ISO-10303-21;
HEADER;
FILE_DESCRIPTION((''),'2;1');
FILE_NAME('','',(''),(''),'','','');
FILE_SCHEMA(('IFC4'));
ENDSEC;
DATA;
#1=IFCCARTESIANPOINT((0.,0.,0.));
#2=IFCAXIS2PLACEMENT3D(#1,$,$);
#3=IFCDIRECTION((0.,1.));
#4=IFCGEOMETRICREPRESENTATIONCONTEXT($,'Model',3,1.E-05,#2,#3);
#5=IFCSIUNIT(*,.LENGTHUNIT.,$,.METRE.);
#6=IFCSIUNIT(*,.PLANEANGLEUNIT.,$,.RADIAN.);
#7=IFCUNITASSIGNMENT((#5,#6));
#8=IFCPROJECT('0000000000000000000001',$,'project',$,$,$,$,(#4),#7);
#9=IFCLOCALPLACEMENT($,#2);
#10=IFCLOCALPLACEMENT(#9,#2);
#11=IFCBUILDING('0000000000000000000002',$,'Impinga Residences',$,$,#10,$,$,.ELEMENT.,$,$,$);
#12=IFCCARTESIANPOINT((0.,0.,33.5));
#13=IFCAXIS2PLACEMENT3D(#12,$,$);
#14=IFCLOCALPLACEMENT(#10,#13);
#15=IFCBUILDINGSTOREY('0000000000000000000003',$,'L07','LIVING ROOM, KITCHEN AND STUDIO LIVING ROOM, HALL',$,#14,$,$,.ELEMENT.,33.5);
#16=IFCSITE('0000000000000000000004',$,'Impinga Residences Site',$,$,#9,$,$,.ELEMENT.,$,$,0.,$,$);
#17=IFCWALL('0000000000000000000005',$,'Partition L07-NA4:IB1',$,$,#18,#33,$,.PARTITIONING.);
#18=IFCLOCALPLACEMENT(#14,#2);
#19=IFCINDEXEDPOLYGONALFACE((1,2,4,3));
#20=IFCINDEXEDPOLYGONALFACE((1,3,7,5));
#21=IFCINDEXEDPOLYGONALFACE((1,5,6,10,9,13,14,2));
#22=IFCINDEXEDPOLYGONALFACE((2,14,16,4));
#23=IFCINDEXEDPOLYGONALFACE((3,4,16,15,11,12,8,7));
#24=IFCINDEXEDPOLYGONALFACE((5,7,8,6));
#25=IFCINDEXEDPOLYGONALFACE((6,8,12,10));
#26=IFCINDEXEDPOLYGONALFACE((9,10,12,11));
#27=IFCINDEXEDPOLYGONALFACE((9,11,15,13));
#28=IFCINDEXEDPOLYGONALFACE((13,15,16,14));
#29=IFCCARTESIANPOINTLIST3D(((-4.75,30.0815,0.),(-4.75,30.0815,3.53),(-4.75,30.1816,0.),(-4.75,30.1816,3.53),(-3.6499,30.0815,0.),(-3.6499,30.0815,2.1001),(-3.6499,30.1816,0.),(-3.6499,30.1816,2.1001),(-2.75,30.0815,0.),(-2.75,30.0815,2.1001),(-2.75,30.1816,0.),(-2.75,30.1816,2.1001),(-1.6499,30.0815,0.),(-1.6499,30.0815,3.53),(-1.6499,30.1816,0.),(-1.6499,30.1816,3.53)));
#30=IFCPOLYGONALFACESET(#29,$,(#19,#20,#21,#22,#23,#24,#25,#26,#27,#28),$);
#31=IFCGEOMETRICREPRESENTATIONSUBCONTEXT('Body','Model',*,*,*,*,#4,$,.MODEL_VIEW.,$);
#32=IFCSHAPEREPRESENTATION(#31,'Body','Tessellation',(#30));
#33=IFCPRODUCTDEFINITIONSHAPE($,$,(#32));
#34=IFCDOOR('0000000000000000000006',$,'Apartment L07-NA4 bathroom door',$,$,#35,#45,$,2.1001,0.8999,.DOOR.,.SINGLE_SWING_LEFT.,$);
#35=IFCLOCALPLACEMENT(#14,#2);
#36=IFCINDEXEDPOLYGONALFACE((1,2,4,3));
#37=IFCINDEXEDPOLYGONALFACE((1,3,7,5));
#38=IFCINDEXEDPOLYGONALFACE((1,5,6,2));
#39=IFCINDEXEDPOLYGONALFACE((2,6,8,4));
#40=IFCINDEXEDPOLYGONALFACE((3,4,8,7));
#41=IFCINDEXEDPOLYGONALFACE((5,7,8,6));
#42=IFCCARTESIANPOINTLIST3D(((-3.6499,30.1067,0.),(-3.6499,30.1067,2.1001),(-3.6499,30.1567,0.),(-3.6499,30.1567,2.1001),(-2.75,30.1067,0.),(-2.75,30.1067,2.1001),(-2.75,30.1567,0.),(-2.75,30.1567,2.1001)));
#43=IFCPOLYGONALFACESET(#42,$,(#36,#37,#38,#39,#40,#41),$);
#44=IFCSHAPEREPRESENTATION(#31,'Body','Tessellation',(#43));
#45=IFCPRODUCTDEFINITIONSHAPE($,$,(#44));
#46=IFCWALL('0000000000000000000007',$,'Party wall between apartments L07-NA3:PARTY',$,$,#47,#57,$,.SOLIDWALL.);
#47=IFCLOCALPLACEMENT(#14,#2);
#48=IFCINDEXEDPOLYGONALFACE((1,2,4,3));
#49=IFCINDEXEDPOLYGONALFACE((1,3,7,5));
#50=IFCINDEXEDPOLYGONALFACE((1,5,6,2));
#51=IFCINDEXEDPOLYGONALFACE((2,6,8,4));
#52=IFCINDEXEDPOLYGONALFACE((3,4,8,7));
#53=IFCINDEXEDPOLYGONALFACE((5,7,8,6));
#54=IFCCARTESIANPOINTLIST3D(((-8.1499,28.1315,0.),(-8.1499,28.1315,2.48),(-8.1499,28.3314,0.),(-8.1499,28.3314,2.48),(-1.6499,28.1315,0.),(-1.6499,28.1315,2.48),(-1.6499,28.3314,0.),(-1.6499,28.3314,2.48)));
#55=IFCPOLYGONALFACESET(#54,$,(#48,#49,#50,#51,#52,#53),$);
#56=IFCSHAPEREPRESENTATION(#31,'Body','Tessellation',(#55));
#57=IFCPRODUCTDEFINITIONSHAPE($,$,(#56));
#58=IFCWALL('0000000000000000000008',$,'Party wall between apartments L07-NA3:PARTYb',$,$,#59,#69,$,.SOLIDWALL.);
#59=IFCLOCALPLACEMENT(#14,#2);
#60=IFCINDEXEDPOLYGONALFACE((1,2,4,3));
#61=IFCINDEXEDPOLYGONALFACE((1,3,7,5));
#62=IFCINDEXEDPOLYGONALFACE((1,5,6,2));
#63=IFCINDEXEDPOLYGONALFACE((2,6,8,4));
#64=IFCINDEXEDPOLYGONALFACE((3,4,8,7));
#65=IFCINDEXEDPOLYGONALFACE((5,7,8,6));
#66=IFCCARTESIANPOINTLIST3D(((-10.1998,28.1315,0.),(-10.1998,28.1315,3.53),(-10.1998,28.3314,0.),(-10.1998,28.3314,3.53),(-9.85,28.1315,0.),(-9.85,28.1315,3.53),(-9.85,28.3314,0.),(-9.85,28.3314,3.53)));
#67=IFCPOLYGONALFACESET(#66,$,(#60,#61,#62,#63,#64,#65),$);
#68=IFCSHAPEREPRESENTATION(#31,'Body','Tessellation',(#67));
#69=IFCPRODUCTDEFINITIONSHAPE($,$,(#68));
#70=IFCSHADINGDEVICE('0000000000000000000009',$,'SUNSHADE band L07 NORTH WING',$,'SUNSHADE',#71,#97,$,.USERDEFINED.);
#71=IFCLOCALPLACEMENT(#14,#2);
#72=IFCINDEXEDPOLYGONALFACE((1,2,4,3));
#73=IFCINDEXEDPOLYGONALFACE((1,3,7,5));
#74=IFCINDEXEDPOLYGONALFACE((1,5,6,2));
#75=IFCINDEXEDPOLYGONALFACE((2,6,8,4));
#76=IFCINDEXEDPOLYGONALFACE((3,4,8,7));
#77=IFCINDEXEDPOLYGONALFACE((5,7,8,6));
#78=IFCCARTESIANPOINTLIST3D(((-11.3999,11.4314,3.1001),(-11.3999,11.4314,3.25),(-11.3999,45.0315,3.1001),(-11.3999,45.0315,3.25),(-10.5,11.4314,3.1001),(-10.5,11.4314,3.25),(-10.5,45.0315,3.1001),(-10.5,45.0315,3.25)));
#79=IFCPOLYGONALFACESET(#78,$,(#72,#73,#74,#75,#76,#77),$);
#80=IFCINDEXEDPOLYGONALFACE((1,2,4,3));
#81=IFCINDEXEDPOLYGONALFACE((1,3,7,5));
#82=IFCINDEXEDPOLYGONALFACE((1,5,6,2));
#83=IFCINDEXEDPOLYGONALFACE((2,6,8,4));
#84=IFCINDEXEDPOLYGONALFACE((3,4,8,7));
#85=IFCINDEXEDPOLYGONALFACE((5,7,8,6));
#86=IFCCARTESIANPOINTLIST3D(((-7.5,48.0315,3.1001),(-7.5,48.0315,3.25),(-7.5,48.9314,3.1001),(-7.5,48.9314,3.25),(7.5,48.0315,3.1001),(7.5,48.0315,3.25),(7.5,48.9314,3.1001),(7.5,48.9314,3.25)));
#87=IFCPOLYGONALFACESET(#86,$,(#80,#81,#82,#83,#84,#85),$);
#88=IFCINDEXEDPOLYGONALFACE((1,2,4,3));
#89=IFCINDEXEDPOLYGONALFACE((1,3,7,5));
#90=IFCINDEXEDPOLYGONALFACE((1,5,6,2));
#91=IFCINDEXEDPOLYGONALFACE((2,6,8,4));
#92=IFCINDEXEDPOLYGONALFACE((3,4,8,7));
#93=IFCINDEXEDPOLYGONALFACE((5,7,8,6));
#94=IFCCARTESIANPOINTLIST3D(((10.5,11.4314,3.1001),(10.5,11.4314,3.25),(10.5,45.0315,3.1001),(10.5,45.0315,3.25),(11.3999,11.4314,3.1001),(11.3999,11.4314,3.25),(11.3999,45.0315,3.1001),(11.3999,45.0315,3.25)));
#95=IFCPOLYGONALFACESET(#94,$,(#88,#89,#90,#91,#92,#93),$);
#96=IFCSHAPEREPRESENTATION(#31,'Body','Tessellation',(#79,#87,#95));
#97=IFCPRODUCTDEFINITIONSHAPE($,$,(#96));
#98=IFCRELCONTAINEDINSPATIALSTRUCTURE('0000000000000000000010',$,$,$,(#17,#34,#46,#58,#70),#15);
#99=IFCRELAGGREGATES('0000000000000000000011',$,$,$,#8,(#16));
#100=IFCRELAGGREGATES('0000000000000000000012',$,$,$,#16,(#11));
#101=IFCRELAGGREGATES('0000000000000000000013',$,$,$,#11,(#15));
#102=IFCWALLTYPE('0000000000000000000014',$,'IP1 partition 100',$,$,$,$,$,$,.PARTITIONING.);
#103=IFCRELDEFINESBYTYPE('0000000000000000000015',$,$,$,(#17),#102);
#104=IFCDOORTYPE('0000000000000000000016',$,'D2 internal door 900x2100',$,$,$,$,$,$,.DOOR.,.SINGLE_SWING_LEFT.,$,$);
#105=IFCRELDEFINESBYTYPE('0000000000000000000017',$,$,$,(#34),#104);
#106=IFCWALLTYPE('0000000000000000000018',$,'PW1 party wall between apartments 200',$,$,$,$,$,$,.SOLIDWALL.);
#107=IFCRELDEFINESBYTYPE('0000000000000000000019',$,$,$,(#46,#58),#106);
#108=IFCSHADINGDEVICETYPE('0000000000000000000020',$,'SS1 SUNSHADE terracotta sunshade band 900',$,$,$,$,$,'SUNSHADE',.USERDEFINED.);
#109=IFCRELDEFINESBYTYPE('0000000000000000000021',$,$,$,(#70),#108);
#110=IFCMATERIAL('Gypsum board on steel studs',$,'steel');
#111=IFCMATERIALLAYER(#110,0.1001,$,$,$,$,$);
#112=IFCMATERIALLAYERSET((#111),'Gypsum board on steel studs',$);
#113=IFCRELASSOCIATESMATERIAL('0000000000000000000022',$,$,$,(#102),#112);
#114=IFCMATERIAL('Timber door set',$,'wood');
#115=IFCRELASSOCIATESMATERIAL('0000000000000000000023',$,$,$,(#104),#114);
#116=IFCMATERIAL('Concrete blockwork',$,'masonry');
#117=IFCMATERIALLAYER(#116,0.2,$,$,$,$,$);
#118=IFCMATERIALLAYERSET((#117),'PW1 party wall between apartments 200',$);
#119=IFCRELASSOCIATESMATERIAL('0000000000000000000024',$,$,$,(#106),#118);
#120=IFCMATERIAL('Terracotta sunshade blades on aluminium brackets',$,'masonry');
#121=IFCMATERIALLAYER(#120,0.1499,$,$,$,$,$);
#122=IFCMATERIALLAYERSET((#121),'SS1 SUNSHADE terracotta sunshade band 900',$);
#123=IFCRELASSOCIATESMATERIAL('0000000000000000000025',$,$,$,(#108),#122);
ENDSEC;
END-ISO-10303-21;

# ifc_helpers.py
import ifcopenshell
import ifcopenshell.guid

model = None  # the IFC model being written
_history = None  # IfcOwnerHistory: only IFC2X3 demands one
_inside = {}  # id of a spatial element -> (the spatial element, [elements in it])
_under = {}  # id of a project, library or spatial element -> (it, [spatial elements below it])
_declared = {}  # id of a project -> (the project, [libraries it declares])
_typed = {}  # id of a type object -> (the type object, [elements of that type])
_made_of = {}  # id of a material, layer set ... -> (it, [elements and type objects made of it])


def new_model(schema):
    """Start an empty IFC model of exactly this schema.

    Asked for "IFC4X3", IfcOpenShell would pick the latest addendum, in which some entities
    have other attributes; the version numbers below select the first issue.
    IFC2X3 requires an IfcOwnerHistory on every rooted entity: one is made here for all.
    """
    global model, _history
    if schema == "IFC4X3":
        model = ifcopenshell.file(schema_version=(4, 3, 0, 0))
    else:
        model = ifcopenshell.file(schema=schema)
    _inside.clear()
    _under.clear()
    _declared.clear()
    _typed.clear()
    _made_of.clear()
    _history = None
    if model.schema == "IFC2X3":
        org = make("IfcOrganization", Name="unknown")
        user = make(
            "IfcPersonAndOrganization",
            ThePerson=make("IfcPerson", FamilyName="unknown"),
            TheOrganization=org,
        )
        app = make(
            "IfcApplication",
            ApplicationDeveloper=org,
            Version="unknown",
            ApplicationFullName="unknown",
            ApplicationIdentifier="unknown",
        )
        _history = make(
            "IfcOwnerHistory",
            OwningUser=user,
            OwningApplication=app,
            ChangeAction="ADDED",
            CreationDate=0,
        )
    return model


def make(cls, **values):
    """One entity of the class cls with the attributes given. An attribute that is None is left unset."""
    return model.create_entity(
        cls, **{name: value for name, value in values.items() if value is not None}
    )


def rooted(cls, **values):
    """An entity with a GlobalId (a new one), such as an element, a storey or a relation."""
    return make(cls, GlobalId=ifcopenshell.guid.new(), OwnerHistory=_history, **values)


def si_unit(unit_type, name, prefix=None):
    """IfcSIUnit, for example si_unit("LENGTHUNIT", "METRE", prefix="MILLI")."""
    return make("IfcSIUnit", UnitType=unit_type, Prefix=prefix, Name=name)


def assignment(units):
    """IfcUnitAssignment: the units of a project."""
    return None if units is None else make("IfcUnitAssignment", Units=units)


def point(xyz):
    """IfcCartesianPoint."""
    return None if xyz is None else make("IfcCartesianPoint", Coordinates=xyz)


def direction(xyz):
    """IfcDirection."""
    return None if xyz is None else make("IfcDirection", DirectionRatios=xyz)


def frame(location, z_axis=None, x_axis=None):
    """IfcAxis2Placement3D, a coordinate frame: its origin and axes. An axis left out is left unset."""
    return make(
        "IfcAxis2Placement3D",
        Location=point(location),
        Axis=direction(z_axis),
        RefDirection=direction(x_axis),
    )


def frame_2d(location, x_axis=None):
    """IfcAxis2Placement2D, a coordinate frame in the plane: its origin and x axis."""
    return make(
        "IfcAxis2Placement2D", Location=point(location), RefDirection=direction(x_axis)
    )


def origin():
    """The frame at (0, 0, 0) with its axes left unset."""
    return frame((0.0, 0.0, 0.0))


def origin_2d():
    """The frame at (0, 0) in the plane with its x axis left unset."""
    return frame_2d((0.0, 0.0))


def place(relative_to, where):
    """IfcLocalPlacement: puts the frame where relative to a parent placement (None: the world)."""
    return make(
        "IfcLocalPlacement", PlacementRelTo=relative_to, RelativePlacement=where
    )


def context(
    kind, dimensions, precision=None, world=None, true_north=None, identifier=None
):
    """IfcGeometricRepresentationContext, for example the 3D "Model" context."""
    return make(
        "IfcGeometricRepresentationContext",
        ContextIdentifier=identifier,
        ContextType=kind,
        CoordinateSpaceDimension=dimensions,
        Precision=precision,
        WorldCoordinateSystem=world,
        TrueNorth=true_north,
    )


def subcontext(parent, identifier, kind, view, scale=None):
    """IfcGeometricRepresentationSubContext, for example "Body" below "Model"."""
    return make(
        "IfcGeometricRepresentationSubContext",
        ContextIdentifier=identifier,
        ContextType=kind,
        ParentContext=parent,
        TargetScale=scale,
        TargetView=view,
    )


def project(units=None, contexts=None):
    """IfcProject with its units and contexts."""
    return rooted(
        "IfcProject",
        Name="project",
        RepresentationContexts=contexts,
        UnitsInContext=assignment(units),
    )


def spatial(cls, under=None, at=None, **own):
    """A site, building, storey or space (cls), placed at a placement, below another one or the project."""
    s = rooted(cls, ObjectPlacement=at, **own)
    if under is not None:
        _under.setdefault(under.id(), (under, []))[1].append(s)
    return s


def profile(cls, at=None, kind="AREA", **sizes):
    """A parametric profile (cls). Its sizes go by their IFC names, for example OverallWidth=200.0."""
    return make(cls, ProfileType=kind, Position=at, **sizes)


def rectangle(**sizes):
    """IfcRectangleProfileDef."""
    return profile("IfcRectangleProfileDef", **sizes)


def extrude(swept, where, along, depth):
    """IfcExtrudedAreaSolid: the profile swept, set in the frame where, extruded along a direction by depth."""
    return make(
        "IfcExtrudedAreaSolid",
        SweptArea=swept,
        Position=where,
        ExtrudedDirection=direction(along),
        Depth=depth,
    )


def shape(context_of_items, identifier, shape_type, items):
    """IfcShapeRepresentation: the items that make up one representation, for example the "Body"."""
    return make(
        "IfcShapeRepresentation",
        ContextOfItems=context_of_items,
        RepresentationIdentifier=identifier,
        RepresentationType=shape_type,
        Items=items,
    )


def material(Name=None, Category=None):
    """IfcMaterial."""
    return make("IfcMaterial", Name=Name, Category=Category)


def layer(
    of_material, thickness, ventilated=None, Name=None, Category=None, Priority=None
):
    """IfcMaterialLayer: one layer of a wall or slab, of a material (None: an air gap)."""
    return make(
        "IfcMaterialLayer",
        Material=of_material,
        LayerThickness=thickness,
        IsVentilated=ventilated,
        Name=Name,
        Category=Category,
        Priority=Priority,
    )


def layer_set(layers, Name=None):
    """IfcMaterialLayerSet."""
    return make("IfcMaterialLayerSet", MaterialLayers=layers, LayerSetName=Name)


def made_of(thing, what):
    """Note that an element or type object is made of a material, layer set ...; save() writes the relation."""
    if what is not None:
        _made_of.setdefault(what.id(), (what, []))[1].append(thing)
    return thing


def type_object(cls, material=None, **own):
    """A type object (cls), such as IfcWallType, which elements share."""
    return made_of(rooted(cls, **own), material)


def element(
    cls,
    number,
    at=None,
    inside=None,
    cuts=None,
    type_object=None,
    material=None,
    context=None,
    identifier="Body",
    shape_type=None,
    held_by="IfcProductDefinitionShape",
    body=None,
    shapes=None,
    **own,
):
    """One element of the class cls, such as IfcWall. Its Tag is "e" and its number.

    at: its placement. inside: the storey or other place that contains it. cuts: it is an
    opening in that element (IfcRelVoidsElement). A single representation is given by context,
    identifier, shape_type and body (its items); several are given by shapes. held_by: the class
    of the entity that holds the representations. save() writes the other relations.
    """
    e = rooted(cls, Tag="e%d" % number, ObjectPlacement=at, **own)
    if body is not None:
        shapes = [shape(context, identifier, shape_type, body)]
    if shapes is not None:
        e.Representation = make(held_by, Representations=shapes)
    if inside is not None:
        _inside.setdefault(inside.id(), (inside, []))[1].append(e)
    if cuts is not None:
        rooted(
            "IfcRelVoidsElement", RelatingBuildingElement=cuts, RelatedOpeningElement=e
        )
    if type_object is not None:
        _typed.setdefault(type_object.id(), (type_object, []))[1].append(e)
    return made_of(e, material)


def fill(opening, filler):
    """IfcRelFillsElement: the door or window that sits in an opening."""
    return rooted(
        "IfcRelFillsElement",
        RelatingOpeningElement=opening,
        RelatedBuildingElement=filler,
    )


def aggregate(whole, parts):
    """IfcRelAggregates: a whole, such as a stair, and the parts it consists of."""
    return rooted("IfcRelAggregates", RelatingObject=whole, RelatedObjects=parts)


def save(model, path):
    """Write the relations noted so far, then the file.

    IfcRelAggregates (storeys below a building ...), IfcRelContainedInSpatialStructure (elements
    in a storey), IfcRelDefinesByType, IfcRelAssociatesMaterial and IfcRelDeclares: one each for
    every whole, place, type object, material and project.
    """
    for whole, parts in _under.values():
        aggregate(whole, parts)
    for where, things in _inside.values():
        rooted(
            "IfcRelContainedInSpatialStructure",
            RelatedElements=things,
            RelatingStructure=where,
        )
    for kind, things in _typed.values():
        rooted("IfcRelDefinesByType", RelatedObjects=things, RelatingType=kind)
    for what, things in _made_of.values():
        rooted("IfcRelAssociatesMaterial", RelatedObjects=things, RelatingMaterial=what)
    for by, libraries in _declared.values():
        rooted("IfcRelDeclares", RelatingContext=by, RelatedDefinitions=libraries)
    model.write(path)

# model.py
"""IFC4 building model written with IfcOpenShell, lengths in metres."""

from ifc_helpers import new_model, si_unit, direction, frame, frame_2d, origin, origin_2d, place, context, subcontext, project, spatial, rectangle, extrude, material, layer, layer_set, type_object, element, fill, save


model = new_model("IFC4")

# Units and contexts
model_context = context("Model", 3, precision=1e-05, world=origin(), true_north=direction((0.0, 1.0)))
body_context = subcontext(model_context, "Body", "Model", "MODEL_VIEW")
ifc_project = project(units=[si_unit("LENGTHUNIT", "METRE"), si_unit("PLANEANGLEUNIT", "RADIAN")], contexts=[model_context])

# Site, building, storey
site_placement = place(None, origin())
site = spatial("IfcSite", under=ifc_project, at=site_placement, Name="Impinga Residences Site", CompositionType="ELEMENT", RefElevation=0.0)
building_placement = place(site_placement, origin())
building = spatial("IfcBuilding", under=site, at=building_placement, Name="Impinga Residences", CompositionType="ELEMENT")
storey_placement = place(building_placement, frame((0.0, 0.0, 33.5)))
storey = spatial("IfcBuildingStorey", under=building, at=storey_placement, Name="L07", Description="LIVING ROOM, KITCHEN AND STUDIO LIVING ROOM, HALL", CompositionType="ELEMENT", Elevation=33.5)

# Shared definitions
ifc_material_1 = material(Name="Gypsum board on steel studs", Category="steel")
ifc_layer_1 = layer(ifc_material_1, 0.1001)
ifc_layer_set_1 = layer_set([ifc_layer_1], Name="Gypsum board on steel studs")
wall_type_1 = type_object("IfcWallType", Name="IP1 partition 100", PredefinedType="PARTITIONING", material=ifc_layer_set_1)

# Shared definitions
ifc_material_2 = material(Name="Timber door set", Category="wood")
door_type = type_object("IfcDoorType", Name="D2 internal door 900x2100", OperationType="SINGLE_SWING_LEFT", PredefinedType="DOOR", material=ifc_material_2)

# Wall, opening, door
wall_1_placement = place(storey_placement, frame((-1.6499, 30.1316, 0.0), z_axis=(0.0, 0.0, 1.0), x_axis=(-1.0, 0.0, 0.0)))
wall_1 = element("IfcWall", 1, at=wall_1_placement, inside=storey, type_object=wall_type_1, Name="Partition L07-NA4:IB1", PredefinedType="PARTITIONING", context=body_context, shape_type="SweptSolid", body=[
    extrude(rectangle(XDim=3.1001, YDim=0.1001, at=frame_2d((1.55, 0.0))), origin(), (0.0, 0.0, 1.0), 3.53),
])
opening_1_placement = place(wall_1_placement, frame((1.1001, 0.0, 0.0)))
opening_1 = element("IfcOpeningElement", 2, at=opening_1_placement, cuts=wall_1, PredefinedType="OPENING", context=body_context, shape_type="SweptSolid", body=[
    extrude(rectangle(XDim=0.8999, YDim=2.1001, at=frame_2d((0.45, 1.05))), frame((0.0, 0.0601, 0.0), z_axis=(0.0, -1.0, 0.0), x_axis=(1.0, 0.0, 0.0)), (0.0, 0.0, 1.0), 0.1201),
])
door_1_placement = place(opening_1_placement, origin())
door_1 = element("IfcDoor", 3, at=door_1_placement, inside=storey, type_object=door_type, Name="Apartment L07-NA4 bathroom door", OperationType="SINGLE_SWING_LEFT", OverallHeight=2.1001, OverallWidth=0.8999, PredefinedType="DOOR", context=body_context, shape_type="SweptSolid", body=[
    extrude(rectangle(XDim=0.8999, YDim=2.1001, at=frame_2d((0.45, 1.05))), frame((0.0, 0.0249, 0.0), z_axis=(0.0, -1.0, 0.0), x_axis=(1.0, 0.0, 0.0)), (0.0, 0.0, 1.0), 0.05),
])
fill(opening_1, door_1)

# Walls
ifc_material_3 = material(Name="Concrete blockwork", Category="masonry")
ifc_layer_2 = layer(ifc_material_3, 0.2)
ifc_layer_set_2 = layer_set([ifc_layer_2], Name="PW1 party wall between apartments 200")
wall_type_2 = type_object("IfcWallType", Name="PW1 party wall between apartments 200", PredefinedType="SOLIDWALL", material=ifc_layer_set_2)
wall_2_placement = place(storey_placement, frame((-1.6499, 28.2314, 0.0), z_axis=(0.0, 0.0, 1.0), x_axis=(-1.0, 0.0, 0.0)))
element("IfcWall", 4, at=wall_2_placement, inside=storey, type_object=wall_type_2, Name="Party wall between apartments L07-NA3:PARTY", PredefinedType="SOLIDWALL", context=body_context, shape_type="SweptSolid", body=[
    extrude(rectangle(XDim=6.5, YDim=0.2, at=frame_2d((3.25, 0.0))), origin(), (0.0, 0.0, 1.0), 2.48),
])
wall_3_placement = place(storey_placement, frame((-9.8501, 28.2314, 0.0), z_axis=(0.0, 0.0, 1.0), x_axis=(-1.0, 0.0, 0.0)))
element("IfcWall", 5, at=wall_3_placement, inside=storey, type_object=wall_type_2, Name="Party wall between apartments L07-NA3:PARTYb", PredefinedType="SOLIDWALL", context=body_context, shape_type="SweptSolid", body=[
    extrude(rectangle(XDim=0.3499, YDim=0.2, at=frame_2d((0.1748, 0.0))), origin(), (0.0, 0.0, 1.0), 3.53),
])

# Shading device
ifc_material_4 = material(Name="Terracotta sunshade blades on aluminium brackets", Category="masonry")
ifc_layer_3 = layer(ifc_material_4, 0.1499)
ifc_layer_set_3 = layer_set([ifc_layer_3], Name="SS1 SUNSHADE terracotta sunshade band 900")
shading_device_type = type_object("IfcShadingDeviceType", Name="SS1 SUNSHADE terracotta sunshade band 900", ElementType="SUNSHADE", PredefinedType="USERDEFINED", material=ifc_layer_set_3)
shading_device_placement = place(storey_placement, frame((-10.95, 28.2314, 3.1001), z_axis=(0.0, 0.0, 1.0), x_axis=(0.0, 1.0, 0.0)))
element("IfcShadingDevice", 6, at=shading_device_placement, inside=storey, type_object=shading_device_type, Name="SUNSHADE band L07 NORTH WING", ObjectType="SUNSHADE", PredefinedType="USERDEFINED", context=body_context, shape_type="SweptSolid", body=[
    extrude(rectangle(XDim=33.6001, YDim=0.8999, at=origin_2d()), origin(), (0.0, 0.0, 1.0), 0.1499),
    extrude(rectangle(XDim=15.0, YDim=0.8999, at=origin_2d()), frame((20.25, -10.95, 0.0), z_axis=(0.0, 0.0, 1.0), x_axis=(0.0, -1.0, 0.0)), (0.0, 0.0, 1.0), 0.1499),
    extrude(rectangle(XDim=33.6001, YDim=0.8999, at=origin_2d()), frame((0.0, -21.8999, 0.0), z_axis=(0.0, 0.0, 1.0), x_axis=(-1.0, 0.0, 0.0)), (0.0, 0.0, 1.0), 0.1499),
])

save(model, "model.ifc")
